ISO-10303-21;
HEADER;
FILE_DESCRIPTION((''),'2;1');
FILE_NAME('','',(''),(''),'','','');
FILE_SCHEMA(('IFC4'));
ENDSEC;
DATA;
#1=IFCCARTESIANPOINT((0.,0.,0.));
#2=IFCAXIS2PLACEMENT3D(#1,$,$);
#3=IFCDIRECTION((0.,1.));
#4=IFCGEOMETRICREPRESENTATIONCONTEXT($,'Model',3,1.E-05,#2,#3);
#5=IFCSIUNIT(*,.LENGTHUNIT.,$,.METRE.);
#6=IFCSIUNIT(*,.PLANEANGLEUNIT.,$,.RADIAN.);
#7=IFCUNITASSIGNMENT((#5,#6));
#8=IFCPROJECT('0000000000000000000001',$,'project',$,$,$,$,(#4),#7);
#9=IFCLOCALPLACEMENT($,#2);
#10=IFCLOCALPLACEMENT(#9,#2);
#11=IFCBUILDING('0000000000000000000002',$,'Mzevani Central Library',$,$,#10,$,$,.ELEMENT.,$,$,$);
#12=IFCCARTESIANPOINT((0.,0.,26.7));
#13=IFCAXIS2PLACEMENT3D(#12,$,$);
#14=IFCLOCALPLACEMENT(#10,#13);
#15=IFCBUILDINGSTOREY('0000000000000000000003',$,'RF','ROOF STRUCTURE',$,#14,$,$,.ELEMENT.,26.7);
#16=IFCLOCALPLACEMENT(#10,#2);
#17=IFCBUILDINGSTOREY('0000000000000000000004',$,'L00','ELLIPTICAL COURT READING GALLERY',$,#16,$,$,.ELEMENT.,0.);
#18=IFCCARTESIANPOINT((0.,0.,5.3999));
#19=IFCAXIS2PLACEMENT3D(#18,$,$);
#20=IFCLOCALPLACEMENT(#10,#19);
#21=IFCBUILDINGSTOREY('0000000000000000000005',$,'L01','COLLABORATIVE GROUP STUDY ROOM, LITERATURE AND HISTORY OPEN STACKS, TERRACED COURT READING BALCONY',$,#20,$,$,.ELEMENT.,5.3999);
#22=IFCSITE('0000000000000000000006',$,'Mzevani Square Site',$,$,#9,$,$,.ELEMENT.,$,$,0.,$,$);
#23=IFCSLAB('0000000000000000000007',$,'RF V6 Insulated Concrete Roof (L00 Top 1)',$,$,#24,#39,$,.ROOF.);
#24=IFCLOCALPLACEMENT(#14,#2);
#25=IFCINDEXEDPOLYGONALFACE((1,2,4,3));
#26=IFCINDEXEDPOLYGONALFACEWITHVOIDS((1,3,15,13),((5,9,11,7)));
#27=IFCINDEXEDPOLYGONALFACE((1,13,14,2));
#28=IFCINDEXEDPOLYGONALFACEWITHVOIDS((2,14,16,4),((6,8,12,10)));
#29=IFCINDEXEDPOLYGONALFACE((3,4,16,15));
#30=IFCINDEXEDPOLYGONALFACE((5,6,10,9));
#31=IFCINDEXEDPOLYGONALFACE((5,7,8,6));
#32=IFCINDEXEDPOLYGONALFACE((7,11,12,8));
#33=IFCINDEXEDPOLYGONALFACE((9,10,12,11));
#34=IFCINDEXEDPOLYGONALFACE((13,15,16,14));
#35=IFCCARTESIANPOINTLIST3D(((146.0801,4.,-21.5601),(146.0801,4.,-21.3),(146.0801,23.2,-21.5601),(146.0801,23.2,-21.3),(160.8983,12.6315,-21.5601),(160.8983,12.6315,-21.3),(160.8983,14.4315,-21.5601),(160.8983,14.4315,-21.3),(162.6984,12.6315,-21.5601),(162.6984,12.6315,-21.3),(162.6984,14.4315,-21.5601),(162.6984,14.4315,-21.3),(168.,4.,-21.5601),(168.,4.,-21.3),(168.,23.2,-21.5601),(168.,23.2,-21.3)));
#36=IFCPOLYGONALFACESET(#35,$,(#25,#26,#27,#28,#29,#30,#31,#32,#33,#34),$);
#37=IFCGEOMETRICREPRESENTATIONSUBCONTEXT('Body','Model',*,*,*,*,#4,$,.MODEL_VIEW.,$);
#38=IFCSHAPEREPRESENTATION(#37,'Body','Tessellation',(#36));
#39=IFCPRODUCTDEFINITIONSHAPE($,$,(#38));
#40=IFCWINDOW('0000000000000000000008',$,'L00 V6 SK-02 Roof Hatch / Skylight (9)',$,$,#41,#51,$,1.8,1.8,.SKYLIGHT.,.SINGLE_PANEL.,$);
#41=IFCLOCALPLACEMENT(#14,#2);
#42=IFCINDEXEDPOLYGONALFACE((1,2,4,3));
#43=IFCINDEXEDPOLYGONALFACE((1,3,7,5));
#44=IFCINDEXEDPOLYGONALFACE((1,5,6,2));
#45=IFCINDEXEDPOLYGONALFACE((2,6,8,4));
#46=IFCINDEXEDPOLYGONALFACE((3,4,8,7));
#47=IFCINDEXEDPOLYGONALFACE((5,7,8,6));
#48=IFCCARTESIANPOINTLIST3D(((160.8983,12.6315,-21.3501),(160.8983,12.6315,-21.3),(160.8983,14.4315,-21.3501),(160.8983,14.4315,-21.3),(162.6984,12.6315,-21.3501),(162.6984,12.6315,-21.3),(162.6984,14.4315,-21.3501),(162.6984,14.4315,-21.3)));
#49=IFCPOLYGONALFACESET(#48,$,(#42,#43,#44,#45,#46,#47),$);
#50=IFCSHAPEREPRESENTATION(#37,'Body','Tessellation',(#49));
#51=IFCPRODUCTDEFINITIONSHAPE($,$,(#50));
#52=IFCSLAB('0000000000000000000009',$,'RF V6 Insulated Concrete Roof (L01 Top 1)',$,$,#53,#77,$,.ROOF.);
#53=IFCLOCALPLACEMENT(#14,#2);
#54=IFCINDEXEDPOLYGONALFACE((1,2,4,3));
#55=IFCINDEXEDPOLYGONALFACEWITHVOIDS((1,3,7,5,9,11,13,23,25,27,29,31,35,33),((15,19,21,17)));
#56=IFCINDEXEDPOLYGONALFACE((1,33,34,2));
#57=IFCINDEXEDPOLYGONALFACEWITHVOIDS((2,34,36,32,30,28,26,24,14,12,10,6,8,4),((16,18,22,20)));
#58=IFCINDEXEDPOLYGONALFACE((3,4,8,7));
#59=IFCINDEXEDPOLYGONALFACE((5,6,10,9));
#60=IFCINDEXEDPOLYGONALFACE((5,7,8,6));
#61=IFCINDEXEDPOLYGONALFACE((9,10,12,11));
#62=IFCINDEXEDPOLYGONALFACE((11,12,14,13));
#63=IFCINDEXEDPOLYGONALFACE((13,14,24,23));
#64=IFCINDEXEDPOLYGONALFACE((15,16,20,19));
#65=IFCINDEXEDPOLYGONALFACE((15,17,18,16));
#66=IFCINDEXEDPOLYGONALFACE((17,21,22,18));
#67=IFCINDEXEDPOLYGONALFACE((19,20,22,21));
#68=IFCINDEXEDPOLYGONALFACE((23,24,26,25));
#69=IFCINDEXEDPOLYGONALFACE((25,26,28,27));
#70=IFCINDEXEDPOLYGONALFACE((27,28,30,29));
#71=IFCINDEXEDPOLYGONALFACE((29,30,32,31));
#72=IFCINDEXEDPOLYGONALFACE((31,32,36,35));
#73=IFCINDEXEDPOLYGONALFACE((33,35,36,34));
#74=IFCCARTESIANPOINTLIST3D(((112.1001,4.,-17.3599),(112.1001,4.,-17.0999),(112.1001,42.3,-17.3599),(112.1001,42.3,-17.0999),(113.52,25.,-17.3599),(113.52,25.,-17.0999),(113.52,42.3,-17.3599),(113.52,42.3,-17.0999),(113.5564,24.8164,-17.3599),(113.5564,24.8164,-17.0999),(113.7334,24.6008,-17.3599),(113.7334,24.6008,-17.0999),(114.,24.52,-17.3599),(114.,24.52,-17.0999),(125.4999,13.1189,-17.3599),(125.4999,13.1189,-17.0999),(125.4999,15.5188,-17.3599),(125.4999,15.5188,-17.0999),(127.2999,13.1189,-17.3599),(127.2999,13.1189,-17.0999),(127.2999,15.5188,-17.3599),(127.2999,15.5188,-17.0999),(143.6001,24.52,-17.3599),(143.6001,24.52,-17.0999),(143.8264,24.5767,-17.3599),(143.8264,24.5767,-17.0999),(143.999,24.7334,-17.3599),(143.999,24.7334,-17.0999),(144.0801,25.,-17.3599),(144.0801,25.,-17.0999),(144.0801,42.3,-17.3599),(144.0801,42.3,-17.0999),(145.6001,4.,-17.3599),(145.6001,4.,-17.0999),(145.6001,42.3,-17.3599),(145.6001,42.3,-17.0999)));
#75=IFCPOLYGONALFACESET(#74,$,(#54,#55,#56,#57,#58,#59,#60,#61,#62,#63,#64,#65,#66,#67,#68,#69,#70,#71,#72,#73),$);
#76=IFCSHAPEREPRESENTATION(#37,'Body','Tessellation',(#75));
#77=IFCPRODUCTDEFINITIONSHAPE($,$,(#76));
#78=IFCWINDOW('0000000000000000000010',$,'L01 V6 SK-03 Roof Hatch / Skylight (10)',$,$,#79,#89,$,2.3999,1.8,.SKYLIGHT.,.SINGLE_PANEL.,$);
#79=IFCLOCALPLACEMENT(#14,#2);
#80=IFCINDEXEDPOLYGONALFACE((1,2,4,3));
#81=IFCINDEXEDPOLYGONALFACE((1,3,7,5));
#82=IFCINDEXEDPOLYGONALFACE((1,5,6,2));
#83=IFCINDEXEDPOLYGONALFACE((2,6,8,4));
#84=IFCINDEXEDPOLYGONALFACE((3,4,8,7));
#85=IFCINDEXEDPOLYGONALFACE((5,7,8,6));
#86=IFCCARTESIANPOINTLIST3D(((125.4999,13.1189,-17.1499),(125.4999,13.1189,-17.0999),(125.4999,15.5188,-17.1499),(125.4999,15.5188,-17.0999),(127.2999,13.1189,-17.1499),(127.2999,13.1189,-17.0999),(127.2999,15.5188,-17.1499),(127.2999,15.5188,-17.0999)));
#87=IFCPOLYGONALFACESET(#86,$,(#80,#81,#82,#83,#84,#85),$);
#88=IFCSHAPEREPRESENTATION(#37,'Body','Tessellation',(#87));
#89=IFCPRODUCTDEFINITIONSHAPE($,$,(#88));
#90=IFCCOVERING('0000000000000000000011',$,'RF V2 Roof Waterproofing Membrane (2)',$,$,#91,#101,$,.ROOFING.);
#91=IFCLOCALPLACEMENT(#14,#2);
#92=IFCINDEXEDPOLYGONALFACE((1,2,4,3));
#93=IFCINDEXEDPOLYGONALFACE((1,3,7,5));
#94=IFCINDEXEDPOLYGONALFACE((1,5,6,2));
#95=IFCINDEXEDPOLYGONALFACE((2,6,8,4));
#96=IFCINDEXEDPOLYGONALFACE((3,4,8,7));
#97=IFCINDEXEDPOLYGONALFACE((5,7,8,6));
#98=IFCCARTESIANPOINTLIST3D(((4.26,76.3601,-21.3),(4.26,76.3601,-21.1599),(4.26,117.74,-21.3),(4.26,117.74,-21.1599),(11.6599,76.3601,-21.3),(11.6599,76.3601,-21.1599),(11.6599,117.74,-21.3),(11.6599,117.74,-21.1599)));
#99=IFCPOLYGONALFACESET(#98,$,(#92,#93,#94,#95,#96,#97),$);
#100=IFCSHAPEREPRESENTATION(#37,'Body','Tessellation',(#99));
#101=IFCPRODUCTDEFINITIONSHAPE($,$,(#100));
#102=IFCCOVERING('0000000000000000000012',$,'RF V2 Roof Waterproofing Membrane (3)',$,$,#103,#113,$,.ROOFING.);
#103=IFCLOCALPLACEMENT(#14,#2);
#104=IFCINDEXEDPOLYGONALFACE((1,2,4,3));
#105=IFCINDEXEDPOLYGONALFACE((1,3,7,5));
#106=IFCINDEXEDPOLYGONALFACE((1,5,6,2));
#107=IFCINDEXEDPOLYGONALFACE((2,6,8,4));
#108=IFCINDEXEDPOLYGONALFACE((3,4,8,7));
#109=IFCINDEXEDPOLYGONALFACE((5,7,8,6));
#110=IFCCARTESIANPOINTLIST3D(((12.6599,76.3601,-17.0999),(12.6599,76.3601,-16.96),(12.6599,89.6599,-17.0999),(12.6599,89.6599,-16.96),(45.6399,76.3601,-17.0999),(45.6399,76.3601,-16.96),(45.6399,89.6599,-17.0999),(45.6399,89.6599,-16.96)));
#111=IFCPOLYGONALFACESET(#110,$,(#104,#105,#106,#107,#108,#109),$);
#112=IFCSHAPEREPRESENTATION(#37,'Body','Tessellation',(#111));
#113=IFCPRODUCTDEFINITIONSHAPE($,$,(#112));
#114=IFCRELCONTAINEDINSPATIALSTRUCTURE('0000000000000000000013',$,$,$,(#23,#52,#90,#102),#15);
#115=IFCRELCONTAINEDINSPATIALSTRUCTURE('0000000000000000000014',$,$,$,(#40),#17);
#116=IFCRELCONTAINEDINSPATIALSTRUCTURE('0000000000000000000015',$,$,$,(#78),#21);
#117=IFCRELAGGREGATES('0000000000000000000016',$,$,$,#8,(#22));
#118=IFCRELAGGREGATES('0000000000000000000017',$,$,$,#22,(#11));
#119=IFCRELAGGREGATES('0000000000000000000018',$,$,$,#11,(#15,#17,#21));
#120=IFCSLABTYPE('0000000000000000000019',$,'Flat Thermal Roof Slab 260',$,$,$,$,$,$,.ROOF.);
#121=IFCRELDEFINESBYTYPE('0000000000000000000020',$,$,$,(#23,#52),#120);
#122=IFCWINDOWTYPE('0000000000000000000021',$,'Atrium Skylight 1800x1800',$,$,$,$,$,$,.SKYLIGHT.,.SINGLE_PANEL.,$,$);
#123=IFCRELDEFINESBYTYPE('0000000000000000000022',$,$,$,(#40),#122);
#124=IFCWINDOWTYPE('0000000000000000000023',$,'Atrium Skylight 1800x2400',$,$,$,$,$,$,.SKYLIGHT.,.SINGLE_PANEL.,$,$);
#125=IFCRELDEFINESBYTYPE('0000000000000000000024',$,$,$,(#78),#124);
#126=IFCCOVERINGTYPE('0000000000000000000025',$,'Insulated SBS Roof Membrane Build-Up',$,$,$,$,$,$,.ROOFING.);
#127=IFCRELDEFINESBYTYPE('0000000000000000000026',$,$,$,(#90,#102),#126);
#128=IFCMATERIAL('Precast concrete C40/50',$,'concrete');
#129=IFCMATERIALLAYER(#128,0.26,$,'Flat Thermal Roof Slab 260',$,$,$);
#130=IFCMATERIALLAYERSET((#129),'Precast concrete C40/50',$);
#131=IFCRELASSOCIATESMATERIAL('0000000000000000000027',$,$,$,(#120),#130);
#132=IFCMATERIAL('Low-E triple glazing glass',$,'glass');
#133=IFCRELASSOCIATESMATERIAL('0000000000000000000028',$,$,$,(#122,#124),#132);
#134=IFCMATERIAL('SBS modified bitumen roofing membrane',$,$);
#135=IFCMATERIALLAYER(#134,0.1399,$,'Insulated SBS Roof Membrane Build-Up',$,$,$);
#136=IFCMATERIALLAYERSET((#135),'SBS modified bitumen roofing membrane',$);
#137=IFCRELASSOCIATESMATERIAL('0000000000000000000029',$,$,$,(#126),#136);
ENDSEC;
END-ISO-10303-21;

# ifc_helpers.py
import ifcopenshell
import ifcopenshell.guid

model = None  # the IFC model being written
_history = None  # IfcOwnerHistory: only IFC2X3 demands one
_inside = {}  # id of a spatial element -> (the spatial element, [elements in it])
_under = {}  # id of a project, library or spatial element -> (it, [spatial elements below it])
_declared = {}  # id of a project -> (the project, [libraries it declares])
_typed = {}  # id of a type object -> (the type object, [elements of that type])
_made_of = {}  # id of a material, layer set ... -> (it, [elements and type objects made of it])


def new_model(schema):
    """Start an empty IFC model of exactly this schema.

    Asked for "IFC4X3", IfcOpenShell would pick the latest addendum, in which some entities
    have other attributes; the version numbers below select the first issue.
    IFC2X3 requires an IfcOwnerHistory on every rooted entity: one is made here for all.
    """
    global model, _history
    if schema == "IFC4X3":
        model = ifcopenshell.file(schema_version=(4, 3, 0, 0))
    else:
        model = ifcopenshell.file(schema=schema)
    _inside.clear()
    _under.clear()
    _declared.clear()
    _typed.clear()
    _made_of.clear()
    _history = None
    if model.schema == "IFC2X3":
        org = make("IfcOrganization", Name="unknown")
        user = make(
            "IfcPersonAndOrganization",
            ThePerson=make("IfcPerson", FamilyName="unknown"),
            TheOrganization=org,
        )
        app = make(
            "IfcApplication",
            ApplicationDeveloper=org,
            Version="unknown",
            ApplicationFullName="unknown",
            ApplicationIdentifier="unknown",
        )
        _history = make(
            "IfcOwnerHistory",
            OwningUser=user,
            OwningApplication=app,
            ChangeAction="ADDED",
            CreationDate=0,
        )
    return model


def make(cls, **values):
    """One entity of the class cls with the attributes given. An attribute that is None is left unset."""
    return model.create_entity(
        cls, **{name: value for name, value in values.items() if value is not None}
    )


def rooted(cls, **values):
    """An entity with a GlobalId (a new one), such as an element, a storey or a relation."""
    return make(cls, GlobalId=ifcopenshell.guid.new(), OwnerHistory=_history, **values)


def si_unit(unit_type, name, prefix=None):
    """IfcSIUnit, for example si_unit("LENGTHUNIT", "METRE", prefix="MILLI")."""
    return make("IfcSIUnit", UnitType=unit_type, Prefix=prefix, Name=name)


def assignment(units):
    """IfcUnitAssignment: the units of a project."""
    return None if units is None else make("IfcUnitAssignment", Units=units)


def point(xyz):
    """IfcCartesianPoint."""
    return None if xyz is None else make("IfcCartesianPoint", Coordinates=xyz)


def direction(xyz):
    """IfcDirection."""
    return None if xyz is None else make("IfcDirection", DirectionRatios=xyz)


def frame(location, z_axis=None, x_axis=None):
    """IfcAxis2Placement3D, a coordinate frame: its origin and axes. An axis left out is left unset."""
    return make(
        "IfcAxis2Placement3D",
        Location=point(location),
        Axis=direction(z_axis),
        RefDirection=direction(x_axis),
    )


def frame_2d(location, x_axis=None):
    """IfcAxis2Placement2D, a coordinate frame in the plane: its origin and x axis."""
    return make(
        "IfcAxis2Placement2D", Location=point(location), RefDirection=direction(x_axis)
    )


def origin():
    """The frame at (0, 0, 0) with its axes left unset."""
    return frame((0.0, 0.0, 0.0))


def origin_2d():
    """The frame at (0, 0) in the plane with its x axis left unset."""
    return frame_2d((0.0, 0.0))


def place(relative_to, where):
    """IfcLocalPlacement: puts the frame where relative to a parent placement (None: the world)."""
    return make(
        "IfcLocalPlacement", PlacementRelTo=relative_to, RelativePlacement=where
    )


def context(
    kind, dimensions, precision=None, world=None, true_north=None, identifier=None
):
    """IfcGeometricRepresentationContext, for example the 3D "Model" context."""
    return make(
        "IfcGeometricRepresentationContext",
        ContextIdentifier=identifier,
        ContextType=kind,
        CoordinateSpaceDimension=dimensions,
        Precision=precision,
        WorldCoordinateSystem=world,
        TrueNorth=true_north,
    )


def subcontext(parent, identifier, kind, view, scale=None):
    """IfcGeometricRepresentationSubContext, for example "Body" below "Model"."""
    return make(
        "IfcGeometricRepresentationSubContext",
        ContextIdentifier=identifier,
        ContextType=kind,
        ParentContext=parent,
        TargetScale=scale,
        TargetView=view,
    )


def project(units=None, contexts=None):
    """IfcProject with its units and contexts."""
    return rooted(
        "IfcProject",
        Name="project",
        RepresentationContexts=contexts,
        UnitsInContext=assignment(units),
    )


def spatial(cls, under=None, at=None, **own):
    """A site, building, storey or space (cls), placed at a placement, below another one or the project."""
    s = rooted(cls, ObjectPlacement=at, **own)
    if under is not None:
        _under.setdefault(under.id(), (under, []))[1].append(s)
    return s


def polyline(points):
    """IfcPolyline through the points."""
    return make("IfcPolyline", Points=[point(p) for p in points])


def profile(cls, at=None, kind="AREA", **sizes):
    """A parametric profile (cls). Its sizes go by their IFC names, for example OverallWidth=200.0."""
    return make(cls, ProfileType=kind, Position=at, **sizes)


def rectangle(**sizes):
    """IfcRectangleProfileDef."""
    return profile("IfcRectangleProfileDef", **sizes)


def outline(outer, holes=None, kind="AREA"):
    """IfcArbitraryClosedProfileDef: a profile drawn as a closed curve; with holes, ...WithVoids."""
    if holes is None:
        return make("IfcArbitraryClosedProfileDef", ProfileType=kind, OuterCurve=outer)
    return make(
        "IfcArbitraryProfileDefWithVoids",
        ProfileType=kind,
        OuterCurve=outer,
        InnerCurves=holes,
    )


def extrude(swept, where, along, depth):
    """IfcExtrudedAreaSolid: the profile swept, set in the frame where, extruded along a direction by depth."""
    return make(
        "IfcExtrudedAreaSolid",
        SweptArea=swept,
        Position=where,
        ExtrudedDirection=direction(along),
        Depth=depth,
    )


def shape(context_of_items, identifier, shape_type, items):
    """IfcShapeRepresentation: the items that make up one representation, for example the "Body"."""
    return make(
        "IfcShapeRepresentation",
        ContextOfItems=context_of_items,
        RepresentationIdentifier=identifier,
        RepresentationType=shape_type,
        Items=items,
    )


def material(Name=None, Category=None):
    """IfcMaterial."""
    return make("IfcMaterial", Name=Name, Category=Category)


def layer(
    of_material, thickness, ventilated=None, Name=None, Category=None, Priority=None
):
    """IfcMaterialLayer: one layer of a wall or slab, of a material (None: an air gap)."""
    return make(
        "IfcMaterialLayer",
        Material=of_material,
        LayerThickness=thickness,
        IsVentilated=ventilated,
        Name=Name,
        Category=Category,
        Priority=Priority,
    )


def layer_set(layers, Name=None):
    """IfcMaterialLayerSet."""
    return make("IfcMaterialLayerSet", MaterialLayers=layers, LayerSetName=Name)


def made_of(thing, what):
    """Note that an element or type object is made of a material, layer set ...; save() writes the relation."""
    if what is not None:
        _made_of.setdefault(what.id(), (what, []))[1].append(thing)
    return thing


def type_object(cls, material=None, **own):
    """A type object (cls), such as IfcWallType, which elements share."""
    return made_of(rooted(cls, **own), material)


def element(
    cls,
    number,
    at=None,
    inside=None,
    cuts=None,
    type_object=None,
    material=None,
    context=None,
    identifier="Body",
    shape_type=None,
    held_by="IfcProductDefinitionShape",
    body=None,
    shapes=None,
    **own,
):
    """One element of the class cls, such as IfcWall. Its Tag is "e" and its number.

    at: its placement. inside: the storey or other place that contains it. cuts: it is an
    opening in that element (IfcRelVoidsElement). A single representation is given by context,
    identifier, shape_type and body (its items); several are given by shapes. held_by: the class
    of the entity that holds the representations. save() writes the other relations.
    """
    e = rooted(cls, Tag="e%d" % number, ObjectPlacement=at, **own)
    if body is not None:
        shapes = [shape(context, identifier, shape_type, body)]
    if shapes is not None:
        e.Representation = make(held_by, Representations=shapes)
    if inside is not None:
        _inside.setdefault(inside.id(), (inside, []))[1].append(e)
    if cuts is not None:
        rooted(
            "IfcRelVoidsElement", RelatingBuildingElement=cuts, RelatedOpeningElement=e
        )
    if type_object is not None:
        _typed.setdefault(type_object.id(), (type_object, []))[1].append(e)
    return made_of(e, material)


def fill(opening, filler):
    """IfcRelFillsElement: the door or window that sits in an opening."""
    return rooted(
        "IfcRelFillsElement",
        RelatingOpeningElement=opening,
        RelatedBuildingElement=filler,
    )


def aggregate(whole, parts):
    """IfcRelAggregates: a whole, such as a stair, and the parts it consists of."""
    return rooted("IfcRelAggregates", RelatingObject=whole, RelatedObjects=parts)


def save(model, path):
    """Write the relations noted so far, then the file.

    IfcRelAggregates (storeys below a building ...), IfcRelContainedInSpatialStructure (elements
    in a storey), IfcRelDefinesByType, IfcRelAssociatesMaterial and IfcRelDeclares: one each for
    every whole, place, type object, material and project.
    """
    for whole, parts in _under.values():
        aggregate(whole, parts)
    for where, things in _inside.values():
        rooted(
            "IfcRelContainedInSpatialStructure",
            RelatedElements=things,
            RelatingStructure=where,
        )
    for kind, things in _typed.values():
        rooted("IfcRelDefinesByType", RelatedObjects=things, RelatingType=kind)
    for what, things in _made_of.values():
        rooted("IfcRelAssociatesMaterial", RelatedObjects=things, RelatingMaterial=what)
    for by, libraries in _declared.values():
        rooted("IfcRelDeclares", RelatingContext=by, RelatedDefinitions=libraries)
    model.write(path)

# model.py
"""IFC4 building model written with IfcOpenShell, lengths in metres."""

from ifc_helpers import new_model, si_unit, direction, frame, origin, origin_2d, place, context, subcontext, project, spatial, polyline, rectangle, outline, extrude, material, layer, layer_set, type_object, element, fill, save


model = new_model("IFC4")

# Units and contexts
model_context = context("Model", 3, precision=1e-05, world=origin(), true_north=direction((0.0, 1.0)))
body_context = subcontext(model_context, "Body", "Model", "MODEL_VIEW")
ifc_project = project(units=[si_unit("LENGTHUNIT", "METRE"), si_unit("PLANEANGLEUNIT", "RADIAN")], contexts=[model_context])

# Site, building, storey
site_placement = place(None, origin())
site = spatial("IfcSite", under=ifc_project, at=site_placement, Name="Mzevani Square Site", CompositionType="ELEMENT", RefElevation=0.0)
building_placement = place(site_placement, origin())
building = spatial("IfcBuilding", under=site, at=building_placement, Name="Mzevani Central Library", CompositionType="ELEMENT")
storey_1_placement = place(building_placement, frame((0.0, 0.0, 26.7)))
storey_1 = spatial("IfcBuildingStorey", under=building, at=storey_1_placement, Name="RF", Description="ROOF STRUCTURE", CompositionType="ELEMENT", Elevation=26.7)

# Shared definitions
ifc_material_1 = material(Name="Precast concrete C40/50", Category="concrete")
ifc_layer_1 = layer(ifc_material_1, 0.26, Name="Flat Thermal Roof Slab 260")
ifc_layer_set_1 = layer_set([ifc_layer_1], Name="Precast concrete C40/50")
slab_type = type_object("IfcSlabType", Name="Flat Thermal Roof Slab 260", PredefinedType="ROOF", material=ifc_layer_set_1)

# Shared definitions
storey_2_placement = place(building_placement, origin())
storey_2 = spatial("IfcBuildingStorey", under=building, at=storey_2_placement, Name="L00", Description="ELLIPTICAL COURT READING GALLERY", CompositionType="ELEMENT", Elevation=0.0)

# Shared definitions
ifc_material_2 = material(Name="Low-E triple glazing glass", Category="glass")

# Shared definitions
storey_3_placement = place(building_placement, frame((0.0, 0.0, 5.3999)))
storey_3 = spatial("IfcBuildingStorey", under=building, at=storey_3_placement, Name="L01", Description="COLLABORATIVE GROUP STUDY ROOM, LITERATURE AND HISTORY OPEN STACKS, TERRACED COURT READING BALCONY", CompositionType="ELEMENT", Elevation=5.3999)

# Shared definitions
window_type_1 = type_object("IfcWindowType", Name="Atrium Skylight 1800x1800", PartitioningType="SINGLE_PANEL", PredefinedType="SKYLIGHT", material=ifc_material_2)

# Slabs, openings, windows
slab_1_placement = place(storey_1_placement, frame((0.0, 0.0, -21.5601)))
slab_1 = element("IfcSlab", 1, at=slab_1_placement, inside=storey_1, type_object=slab_type, Name="RF V6 Insulated Concrete Roof (L00 Top 1)", PredefinedType="ROOF", context=body_context, shape_type="SweptSolid", body=[
    extrude(outline(polyline([(168.0, 4.0), (146.0801, 4.0), (146.0801, 23.2), (168.0, 23.2), (168.0, 4.0)])), origin(), (0.0, 0.0, 1.0), 0.26),
])
opening_1_placement = place(slab_1_placement, frame((161.7983, 13.5315, 0.0)))
opening_1 = element("IfcOpeningElement", 2, at=opening_1_placement, cuts=slab_1, PredefinedType="OPENING", context=body_context, shape_type="SweptSolid", body=[
    extrude(rectangle(XDim=1.8, YDim=1.8, at=origin_2d()), origin(), (0.0, 0.0, 1.0), 0.26),
])
window_1_placement = place(opening_1_placement, frame((0.0, 0.0, 0.21)))
window_1 = element("IfcWindow", 3, at=window_1_placement, inside=storey_2, type_object=window_type_1, Name="L00 V6 SK-02 Roof Hatch / Skylight (9)", OverallHeight=1.8, OverallWidth=1.8, PartitioningType="SINGLE_PANEL", PredefinedType="SKYLIGHT", context=body_context, shape_type="SweptSolid", body=[
    extrude(rectangle(XDim=1.8, YDim=1.8, at=origin_2d()), origin(), (0.0, 0.0, 1.0), 0.05),
])
fill(opening_1, window_1)
slab_2_placement = place(storey_1_placement, frame((0.0, 0.0, -17.3599)))
slab_2 = element("IfcSlab", 4, at=slab_2_placement, inside=storey_1, type_object=slab_type, Name="RF V6 Insulated Concrete Roof (L01 Top 1)", PredefinedType="ROOF", context=body_context, shape_type="SweptSolid", body=[
    extrude(outline(polyline([(113.5564, 24.8164), (113.7334, 24.6008), (114.0, 24.52), (143.6001, 24.52), (143.8264, 24.5767), (143.999, 24.7334), (144.0801, 25.0), (144.0801, 42.3), (145.6001, 42.3), (145.6001, 4.0), (112.1001, 4.0), (112.1001, 42.3), (113.52, 42.3), (113.52, 25.0), (113.5564, 24.8164)])), origin(), (0.0, 0.0, 1.0), 0.26),
])
opening_2_placement = place(slab_2_placement, frame((126.3999, 14.3188, 0.0)))
opening_2 = element("IfcOpeningElement", 5, at=opening_2_placement, cuts=slab_2, PredefinedType="OPENING", context=body_context, shape_type="SweptSolid", body=[
    extrude(rectangle(XDim=1.8, YDim=2.3999, at=origin_2d()), origin(), (0.0, 0.0, 1.0), 0.26),
])
window_type_2 = type_object("IfcWindowType", Name="Atrium Skylight 1800x2400", PartitioningType="SINGLE_PANEL", PredefinedType="SKYLIGHT", material=ifc_material_2)
window_2_placement = place(opening_2_placement, frame((0.0, 0.0, 0.21)))
window_2 = element("IfcWindow", 6, at=window_2_placement, inside=storey_3, type_object=window_type_2, Name="L01 V6 SK-03 Roof Hatch / Skylight (10)", OverallHeight=2.3999, OverallWidth=1.8, PartitioningType="SINGLE_PANEL", PredefinedType="SKYLIGHT", context=body_context, shape_type="SweptSolid", body=[
    extrude(rectangle(XDim=1.8, YDim=2.3999, at=origin_2d()), origin(), (0.0, 0.0, 1.0), 0.05),
])
fill(opening_2, window_2)

# Coverings
ifc_material_3 = material(Name="SBS modified bitumen roofing membrane")
ifc_layer_2 = layer(ifc_material_3, 0.1399, Name="Insulated SBS Roof Membrane Build-Up")
ifc_layer_set_2 = layer_set([ifc_layer_2], Name="SBS modified bitumen roofing membrane")
covering_type = type_object("IfcCoveringType", Name="Insulated SBS Roof Membrane Build-Up", PredefinedType="ROOFING", material=ifc_layer_set_2)
covering_1_placement = place(storey_1_placement, frame((0.0, 0.0, -21.3)))
element("IfcCovering", 7, at=covering_1_placement, inside=storey_1, type_object=covering_type, Name="RF V2 Roof Waterproofing Membrane (2)", PredefinedType="ROOFING", context=body_context, shape_type="SweptSolid", body=[
    extrude(outline(polyline([(4.26, 76.3601), (4.26, 117.74), (11.6599, 117.74), (11.6599, 76.3601), (4.26, 76.3601)])), origin(), (0.0, 0.0, 1.0), 0.1401),
])
covering_2_placement = place(storey_1_placement, frame((0.0, 0.0, -17.0999)))
element("IfcCovering", 8, at=covering_2_placement, inside=storey_1, type_object=covering_type, Name="RF V2 Roof Waterproofing Membrane (3)", PredefinedType="ROOFING", context=body_context, shape_type="SweptSolid", body=[
    extrude(outline(polyline([(12.6599, 89.6599), (45.6399, 89.6599), (45.6399, 76.3601), (12.6599, 76.3601), (12.6599, 89.6599)])), origin(), (0.0, 0.0, 1.0), 0.1399),
])

save(model, "model.ifc")
